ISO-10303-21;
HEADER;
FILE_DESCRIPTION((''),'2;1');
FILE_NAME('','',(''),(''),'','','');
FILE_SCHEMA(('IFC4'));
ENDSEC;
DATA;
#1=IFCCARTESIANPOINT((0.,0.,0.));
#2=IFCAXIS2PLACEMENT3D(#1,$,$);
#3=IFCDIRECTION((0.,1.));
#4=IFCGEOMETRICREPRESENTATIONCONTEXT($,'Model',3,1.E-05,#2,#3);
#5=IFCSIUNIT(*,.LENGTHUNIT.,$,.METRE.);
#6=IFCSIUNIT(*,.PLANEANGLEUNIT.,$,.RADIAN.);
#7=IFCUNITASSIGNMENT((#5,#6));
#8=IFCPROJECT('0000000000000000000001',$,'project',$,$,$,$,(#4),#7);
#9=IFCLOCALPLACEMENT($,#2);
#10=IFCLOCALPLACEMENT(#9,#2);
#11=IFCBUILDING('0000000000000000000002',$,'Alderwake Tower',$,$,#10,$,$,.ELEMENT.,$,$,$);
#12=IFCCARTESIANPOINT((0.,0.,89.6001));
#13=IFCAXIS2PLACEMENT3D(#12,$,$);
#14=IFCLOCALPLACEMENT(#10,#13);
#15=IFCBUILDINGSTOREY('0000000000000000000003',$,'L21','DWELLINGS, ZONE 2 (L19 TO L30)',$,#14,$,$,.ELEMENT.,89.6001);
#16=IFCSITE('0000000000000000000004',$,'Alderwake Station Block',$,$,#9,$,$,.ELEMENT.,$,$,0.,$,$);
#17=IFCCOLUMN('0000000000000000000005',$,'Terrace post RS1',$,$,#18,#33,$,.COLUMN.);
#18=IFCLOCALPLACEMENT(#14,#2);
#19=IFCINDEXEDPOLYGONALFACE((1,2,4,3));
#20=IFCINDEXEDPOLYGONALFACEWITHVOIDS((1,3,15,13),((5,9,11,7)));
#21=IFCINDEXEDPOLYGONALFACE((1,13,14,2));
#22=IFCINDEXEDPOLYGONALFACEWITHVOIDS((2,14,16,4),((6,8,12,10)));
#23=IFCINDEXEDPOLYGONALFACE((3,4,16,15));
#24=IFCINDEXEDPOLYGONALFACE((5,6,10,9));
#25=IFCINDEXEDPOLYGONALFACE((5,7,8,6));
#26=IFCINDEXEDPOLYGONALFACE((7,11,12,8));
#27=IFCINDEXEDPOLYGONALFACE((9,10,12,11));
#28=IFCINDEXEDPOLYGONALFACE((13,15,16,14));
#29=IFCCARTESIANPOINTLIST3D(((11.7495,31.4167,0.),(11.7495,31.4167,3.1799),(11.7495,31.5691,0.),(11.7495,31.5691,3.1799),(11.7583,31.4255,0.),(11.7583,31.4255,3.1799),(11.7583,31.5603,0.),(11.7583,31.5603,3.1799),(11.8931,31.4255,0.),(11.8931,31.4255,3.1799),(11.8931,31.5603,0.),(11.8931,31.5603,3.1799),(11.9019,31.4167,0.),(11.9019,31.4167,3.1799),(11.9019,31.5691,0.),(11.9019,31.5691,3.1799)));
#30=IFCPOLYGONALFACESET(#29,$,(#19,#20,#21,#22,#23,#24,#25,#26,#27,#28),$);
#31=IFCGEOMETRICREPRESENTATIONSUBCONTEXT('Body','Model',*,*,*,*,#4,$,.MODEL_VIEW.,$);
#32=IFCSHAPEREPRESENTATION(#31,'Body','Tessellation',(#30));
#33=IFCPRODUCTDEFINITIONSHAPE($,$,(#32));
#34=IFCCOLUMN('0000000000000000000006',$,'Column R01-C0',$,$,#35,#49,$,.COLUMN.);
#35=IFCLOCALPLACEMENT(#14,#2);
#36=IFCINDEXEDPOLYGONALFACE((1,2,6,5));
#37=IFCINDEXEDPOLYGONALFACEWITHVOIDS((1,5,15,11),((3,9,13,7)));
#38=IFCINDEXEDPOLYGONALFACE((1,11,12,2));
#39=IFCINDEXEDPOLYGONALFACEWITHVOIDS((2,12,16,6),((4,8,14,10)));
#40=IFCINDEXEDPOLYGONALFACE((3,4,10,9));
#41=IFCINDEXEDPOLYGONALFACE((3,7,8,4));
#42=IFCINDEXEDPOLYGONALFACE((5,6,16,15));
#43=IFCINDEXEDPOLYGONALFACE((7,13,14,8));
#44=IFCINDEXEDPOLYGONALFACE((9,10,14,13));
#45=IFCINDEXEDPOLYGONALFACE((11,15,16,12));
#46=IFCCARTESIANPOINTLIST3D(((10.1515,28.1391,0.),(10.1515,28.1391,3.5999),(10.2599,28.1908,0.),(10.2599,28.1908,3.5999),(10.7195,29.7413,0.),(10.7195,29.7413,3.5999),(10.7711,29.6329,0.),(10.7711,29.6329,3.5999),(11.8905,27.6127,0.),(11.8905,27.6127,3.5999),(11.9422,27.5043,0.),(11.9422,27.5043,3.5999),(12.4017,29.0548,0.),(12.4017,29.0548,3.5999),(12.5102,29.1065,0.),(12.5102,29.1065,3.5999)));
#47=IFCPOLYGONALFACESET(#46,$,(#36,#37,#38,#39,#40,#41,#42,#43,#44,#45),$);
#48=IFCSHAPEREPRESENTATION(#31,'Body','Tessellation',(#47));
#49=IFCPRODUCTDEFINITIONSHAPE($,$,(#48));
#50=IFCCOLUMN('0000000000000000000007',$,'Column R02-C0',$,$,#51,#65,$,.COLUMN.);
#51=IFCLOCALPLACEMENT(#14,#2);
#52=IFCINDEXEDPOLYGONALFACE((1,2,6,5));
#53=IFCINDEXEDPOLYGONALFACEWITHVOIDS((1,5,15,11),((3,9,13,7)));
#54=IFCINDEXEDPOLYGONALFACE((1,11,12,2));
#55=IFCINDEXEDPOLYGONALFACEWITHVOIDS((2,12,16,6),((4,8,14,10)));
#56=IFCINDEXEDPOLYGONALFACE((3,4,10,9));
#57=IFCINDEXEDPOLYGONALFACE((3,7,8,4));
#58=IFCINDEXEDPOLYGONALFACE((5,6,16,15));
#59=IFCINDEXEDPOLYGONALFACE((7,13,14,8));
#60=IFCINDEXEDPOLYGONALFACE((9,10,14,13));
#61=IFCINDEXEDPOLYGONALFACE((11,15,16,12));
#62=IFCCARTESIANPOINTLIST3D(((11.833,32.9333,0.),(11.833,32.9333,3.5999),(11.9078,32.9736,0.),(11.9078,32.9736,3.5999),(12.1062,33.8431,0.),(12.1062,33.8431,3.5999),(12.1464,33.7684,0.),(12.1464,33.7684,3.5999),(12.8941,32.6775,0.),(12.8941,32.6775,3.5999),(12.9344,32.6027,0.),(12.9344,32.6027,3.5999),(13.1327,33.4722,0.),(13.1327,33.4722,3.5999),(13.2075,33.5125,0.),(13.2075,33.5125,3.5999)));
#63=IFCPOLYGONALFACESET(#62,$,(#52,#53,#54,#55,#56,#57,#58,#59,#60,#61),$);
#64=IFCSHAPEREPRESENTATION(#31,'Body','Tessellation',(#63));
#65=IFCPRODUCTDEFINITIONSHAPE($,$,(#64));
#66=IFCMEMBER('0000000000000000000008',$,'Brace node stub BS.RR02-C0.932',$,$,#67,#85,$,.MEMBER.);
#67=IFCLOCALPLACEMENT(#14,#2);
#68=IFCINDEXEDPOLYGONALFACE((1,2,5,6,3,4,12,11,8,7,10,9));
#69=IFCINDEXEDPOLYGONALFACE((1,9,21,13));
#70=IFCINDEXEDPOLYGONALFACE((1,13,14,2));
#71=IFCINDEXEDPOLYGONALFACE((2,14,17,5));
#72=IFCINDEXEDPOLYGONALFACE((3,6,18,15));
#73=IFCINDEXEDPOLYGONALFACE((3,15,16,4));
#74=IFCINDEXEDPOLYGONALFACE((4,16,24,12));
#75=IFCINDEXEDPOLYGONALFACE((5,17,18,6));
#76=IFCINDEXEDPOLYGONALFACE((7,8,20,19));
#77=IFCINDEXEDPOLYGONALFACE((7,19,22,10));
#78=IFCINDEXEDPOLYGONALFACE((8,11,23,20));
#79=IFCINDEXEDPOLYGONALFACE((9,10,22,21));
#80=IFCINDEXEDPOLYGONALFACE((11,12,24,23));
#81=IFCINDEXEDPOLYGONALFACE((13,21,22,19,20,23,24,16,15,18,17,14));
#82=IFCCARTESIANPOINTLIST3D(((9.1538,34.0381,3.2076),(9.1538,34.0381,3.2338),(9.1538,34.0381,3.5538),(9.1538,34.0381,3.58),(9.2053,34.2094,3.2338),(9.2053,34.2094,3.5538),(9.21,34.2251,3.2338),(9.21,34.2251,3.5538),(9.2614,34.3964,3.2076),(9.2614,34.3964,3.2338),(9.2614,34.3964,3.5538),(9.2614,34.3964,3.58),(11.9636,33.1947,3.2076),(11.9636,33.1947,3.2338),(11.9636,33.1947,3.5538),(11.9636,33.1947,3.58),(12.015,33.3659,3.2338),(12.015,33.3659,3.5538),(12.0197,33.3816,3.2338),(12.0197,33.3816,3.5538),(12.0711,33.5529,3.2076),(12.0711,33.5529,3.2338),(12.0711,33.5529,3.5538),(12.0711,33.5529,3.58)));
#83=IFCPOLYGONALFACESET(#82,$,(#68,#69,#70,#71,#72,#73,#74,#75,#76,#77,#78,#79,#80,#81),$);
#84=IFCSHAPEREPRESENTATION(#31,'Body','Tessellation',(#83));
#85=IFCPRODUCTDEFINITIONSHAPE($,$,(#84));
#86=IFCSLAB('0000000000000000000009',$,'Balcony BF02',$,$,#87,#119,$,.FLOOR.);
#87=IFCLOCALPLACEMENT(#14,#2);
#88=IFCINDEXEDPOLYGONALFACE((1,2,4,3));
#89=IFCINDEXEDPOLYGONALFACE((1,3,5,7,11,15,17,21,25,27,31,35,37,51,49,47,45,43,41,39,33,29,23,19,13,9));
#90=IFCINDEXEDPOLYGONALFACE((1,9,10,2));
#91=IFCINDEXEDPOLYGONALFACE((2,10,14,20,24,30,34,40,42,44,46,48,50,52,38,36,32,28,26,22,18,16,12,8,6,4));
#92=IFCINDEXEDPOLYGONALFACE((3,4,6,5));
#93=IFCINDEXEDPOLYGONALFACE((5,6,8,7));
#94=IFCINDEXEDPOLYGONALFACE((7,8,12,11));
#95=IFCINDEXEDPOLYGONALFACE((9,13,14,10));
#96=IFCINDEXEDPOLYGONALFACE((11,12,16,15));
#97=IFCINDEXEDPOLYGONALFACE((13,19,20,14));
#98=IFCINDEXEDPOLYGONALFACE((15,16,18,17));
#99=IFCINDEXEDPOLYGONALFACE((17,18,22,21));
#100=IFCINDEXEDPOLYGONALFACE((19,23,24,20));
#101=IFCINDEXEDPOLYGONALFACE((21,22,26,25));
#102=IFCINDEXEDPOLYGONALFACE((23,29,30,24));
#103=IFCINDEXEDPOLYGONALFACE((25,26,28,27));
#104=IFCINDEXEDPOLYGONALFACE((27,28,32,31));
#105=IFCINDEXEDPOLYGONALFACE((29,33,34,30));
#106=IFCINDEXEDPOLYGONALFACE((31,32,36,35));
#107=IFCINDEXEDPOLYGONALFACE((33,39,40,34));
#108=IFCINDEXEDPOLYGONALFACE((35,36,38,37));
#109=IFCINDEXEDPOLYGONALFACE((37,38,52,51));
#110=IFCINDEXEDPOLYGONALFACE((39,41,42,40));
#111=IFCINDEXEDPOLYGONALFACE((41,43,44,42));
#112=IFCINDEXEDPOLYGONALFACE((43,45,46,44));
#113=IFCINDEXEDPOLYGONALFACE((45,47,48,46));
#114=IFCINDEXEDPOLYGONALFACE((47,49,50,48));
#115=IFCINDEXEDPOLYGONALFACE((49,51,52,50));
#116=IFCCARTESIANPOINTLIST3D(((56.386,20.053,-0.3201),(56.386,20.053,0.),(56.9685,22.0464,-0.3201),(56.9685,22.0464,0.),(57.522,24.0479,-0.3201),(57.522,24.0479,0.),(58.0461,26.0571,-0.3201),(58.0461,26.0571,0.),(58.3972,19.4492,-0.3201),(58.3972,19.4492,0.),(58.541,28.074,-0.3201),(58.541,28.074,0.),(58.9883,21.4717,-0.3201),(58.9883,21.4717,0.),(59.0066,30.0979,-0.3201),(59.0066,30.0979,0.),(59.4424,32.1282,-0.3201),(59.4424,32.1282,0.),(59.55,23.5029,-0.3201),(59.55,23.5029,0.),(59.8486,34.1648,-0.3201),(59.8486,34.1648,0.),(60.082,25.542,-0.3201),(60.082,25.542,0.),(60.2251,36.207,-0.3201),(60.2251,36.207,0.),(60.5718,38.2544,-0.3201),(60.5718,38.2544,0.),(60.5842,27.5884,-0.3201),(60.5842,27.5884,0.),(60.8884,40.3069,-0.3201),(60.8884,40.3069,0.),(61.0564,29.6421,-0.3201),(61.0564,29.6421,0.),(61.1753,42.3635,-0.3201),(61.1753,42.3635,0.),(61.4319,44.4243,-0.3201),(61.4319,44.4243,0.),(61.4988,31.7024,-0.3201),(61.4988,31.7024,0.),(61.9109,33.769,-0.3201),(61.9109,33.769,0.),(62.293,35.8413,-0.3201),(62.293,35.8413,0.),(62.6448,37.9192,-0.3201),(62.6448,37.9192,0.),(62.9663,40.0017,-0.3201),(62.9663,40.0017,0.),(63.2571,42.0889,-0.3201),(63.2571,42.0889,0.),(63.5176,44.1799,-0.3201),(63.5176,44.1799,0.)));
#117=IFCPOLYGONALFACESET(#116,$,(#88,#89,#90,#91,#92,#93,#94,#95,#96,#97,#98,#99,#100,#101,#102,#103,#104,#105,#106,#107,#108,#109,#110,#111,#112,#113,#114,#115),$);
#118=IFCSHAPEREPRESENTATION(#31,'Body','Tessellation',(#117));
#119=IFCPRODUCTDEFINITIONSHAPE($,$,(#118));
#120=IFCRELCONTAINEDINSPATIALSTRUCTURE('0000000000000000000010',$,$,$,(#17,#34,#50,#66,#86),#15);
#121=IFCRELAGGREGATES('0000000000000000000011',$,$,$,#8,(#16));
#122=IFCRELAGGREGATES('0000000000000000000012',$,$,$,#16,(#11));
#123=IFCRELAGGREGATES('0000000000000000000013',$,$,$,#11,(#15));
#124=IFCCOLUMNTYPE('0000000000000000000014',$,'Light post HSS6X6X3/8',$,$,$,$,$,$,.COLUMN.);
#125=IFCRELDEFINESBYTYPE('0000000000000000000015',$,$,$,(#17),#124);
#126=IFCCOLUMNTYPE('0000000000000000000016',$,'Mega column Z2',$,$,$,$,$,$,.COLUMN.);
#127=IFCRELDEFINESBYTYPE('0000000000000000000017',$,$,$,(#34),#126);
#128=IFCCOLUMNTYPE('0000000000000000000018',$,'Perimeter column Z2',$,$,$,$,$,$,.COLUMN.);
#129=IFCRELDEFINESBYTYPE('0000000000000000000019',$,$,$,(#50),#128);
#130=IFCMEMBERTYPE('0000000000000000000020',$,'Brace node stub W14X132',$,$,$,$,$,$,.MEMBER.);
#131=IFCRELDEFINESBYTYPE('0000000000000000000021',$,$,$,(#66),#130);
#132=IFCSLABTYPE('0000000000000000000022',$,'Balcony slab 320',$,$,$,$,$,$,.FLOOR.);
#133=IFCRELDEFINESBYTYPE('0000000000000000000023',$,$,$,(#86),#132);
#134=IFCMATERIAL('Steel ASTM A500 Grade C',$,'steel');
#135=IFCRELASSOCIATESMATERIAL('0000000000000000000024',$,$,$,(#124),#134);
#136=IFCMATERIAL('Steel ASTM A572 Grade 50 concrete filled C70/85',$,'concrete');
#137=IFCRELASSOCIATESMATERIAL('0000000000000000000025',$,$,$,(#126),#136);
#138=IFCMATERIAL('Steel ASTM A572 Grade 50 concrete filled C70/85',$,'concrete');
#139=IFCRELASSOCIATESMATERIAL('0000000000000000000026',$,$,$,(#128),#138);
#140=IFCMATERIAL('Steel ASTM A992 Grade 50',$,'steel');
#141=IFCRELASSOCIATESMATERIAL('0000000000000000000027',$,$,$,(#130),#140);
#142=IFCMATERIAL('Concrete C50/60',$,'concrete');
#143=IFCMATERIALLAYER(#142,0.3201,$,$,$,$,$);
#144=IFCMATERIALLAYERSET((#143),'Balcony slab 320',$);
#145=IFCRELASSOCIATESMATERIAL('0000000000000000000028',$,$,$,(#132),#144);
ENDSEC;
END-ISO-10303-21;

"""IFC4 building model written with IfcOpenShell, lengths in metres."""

from ifc_helpers import new_model, si_unit, direction, frame, origin, origin_2d, place, context, subcontext, project, spatial, polyline, hollow_rectangle, i_section, outline, extrude, material, layer, layer_set, material_profile, profile_set, type_object, element, save


model = new_model("IFC4")

# Units and contexts
model_context = context("Model", 3, precision=1e-05, world=origin(), true_north=direction((0.0, 1.0)))
body_context = subcontext(model_context, "Body", "Model", "MODEL_VIEW")
ifc_project = project(units=[si_unit("LENGTHUNIT", "METRE"), si_unit("PLANEANGLEUNIT", "RADIAN")], contexts=[model_context])

# Site, building, storey
site_placement = place(None, origin())
site = spatial("IfcSite", under=ifc_project, at=site_placement, Name="Alderwake Station Block", CompositionType="ELEMENT", RefElevation=0.0)
building_placement = place(site_placement, origin())
building = spatial("IfcBuilding", under=site, at=building_placement, Name="Alderwake Tower", CompositionType="ELEMENT")
storey_placement = place(building_placement, frame((0.0, 0.0, 89.6001)))
storey = spatial("IfcBuildingStorey", under=building, at=storey_placement, Name="L21", Description="DWELLINGS, ZONE 2 (L19 TO L30)", CompositionType="ELEMENT", Elevation=89.6001)

# Columns
ifc_material_1 = material(Name="Steel ASTM A500 Grade C", Category="steel")
ifc_material_profile_1 = material_profile(ifc_material_1, hollow_rectangle(XDim=0.1523, YDim=0.1523, WallThickness=0.0088, at=origin_2d()), Name="HSS6X6X3/8")
ifc_profile_set_1 = profile_set([ifc_material_profile_1], Name="Steel ASTM A500 Grade C")
column_type_1 = type_object("IfcColumnType", Name="Light post HSS6X6X3/8", PredefinedType="COLUMN", material=ifc_profile_set_1)
column_1_placement = place(storey_placement, frame((11.8257, 31.4929, 0.0), z_axis=(0.0, 0.0, 1.0), x_axis=(1.0, 0.0, 0.0)))
element("IfcColumn", 1, at=column_1_placement, inside=storey, type_object=column_type_1, Name="Terrace post RS1", PredefinedType="COLUMN", context=body_context, shape_type="SweptSolid", body=[
    extrude(hollow_rectangle(XDim=0.1523, YDim=0.1523, WallThickness=0.0088, at=origin_2d()), origin(), (0.0, 0.0, 1.0), 3.1799),
])
ifc_material_2 = material(Name="Steel ASTM A572 Grade 50 concrete filled C70/85", Category="concrete")
ifc_material_profile_2 = material_profile(ifc_material_2, hollow_rectangle(XDim=1.7, YDim=1.8999, WallThickness=0.085, at=origin_2d()), Name="BOX 1900X1700X85")
ifc_profile_set_2 = profile_set([ifc_material_profile_2], Name="Steel ASTM A572 Grade 50 concrete filled C70/85")
column_type_2 = type_object("IfcColumnType", Name="Mega column Z2", PredefinedType="COLUMN", material=ifc_profile_set_2)
column_2_placement = place(storey_placement, frame((11.3308, 28.6228, 0.0), z_axis=(0.0, 0.0, 1.0), x_axis=(0.334131, 0.942527, 0.0)))
element("IfcColumn", 2, at=column_2_placement, inside=storey, type_object=column_type_2, Name="Column R01-C0", PredefinedType="COLUMN", context=body_context, shape_type="SweptSolid", body=[
    extrude(hollow_rectangle(XDim=1.7, YDim=1.8999, WallThickness=0.085, at=origin_2d()), origin(), (0.0, 0.0, 1.0), 3.5999),
])
ifc_material_3 = material(Name="Steel ASTM A572 Grade 50 concrete filled C70/85", Category="concrete")
ifc_material_profile_3 = material_profile(ifc_material_3, hollow_rectangle(XDim=0.95, YDim=1.1499, WallThickness=0.0601, at=origin_2d()), Name="BOX 1150X950X60")
ifc_profile_set_3 = profile_set([ifc_material_profile_3], Name="Steel ASTM A572 Grade 50 concrete filled C70/85")
column_type_3 = type_object("IfcColumnType", Name="Perimeter column Z2", PredefinedType="COLUMN", material=ifc_profile_set_3)
column_3_placement = place(storey_placement, frame((12.5203, 33.2229, 0.0), z_axis=(0.0, 0.0, 1.0), x_axis=(0.287549, 0.957766, 0.0)))
element("IfcColumn", 3, at=column_3_placement, inside=storey, type_object=column_type_3, Name="Column R02-C0", PredefinedType="COLUMN", context=body_context, shape_type="SweptSolid", body=[
    extrude(hollow_rectangle(XDim=0.95, YDim=1.1499, WallThickness=0.0601, at=origin_2d()), origin(), (0.0, 0.0, 1.0), 3.5999),
])

# Member
ifc_material_4 = material(Name="Steel ASTM A992 Grade 50", Category="steel")
ifc_material_profile_4 = material_profile(ifc_material_4, i_section(OverallWidth=0.374, OverallDepth=0.3723, WebThickness=0.0164, FlangeThickness=0.0261, at=origin_2d()), Name="W14X132")
ifc_profile_set_4 = profile_set([ifc_material_profile_4], Name="Steel ASTM A992 Grade 50")
member_type = type_object("IfcMemberType", Name="Brace node stub W14X132", PredefinedType="MEMBER", material=ifc_profile_set_4)
member_placement = place(storey_placement, frame((12.0173, 33.3738, 3.3938), z_axis=(-0.957774, 0.287523, 0.0), x_axis=(-0.287523, -0.957774, 0.0)))
element("IfcMember", 4, at=member_placement, inside=storey, type_object=member_type, Name="Brace node stub BS.RR02-C0.932", PredefinedType="MEMBER", context=body_context, shape_type="SweptSolid", body=[
    extrude(i_section(OverallWidth=0.374, OverallDepth=0.3723, WebThickness=0.0164, FlangeThickness=0.0261, at=origin_2d()), origin(), (0.0, 0.0, 1.0), 2.9336),
])

# Slab
ifc_material_5 = material(Name="Concrete C50/60", Category="concrete")
ifc_layer_1 = layer(ifc_material_5, 0.3201)
ifc_layer_set_1 = layer_set([ifc_layer_1], Name="Balcony slab 320")
slab_type_1 = type_object("IfcSlabType", Name="Balcony slab 320", PredefinedType="FLOOR", material=ifc_layer_set_1)
slab_1_placement = place(storey_placement, frame((0.0, 0.0, -0.3201)))
element("IfcSlab", 5, at=slab_1_placement, inside=storey, type_object=slab_type_1, Name="Balcony BF02", PredefinedType="FLOOR", context=body_context, shape_type="SweptSolid", body=[
    extrude(outline(polyline([(59.55, 23.5029), (60.082, 25.542), (60.5842, 27.5884), (61.0564, 29.6421), (61.4988, 31.7024), (61.9109, 33.769), (62.293, 35.8413), (62.6448, 37.9192), (62.9663, 40.0017), (63.2571, 42.0889), (63.5176, 44.1799), (61.4319, 44.4243), (61.1753, 42.3635), (60.8884, 40.3069), (60.5718, 38.2544), (60.2251, 36.207), (59.8486, 34.1648), (59.4424, 32.1282), (59.0066, 30.0979), (58.541, 28.074), (58.0461, 26.0571), (57.522, 24.0479), (56.9685, 22.0464), (56.386, 20.053), (58.3972, 19.4492), (58.9883, 21.4717), (59.55, 23.5029)])), origin(), (0.0, 0.0, 1.0), 0.3201),
])

save(model, "model.ifc")
